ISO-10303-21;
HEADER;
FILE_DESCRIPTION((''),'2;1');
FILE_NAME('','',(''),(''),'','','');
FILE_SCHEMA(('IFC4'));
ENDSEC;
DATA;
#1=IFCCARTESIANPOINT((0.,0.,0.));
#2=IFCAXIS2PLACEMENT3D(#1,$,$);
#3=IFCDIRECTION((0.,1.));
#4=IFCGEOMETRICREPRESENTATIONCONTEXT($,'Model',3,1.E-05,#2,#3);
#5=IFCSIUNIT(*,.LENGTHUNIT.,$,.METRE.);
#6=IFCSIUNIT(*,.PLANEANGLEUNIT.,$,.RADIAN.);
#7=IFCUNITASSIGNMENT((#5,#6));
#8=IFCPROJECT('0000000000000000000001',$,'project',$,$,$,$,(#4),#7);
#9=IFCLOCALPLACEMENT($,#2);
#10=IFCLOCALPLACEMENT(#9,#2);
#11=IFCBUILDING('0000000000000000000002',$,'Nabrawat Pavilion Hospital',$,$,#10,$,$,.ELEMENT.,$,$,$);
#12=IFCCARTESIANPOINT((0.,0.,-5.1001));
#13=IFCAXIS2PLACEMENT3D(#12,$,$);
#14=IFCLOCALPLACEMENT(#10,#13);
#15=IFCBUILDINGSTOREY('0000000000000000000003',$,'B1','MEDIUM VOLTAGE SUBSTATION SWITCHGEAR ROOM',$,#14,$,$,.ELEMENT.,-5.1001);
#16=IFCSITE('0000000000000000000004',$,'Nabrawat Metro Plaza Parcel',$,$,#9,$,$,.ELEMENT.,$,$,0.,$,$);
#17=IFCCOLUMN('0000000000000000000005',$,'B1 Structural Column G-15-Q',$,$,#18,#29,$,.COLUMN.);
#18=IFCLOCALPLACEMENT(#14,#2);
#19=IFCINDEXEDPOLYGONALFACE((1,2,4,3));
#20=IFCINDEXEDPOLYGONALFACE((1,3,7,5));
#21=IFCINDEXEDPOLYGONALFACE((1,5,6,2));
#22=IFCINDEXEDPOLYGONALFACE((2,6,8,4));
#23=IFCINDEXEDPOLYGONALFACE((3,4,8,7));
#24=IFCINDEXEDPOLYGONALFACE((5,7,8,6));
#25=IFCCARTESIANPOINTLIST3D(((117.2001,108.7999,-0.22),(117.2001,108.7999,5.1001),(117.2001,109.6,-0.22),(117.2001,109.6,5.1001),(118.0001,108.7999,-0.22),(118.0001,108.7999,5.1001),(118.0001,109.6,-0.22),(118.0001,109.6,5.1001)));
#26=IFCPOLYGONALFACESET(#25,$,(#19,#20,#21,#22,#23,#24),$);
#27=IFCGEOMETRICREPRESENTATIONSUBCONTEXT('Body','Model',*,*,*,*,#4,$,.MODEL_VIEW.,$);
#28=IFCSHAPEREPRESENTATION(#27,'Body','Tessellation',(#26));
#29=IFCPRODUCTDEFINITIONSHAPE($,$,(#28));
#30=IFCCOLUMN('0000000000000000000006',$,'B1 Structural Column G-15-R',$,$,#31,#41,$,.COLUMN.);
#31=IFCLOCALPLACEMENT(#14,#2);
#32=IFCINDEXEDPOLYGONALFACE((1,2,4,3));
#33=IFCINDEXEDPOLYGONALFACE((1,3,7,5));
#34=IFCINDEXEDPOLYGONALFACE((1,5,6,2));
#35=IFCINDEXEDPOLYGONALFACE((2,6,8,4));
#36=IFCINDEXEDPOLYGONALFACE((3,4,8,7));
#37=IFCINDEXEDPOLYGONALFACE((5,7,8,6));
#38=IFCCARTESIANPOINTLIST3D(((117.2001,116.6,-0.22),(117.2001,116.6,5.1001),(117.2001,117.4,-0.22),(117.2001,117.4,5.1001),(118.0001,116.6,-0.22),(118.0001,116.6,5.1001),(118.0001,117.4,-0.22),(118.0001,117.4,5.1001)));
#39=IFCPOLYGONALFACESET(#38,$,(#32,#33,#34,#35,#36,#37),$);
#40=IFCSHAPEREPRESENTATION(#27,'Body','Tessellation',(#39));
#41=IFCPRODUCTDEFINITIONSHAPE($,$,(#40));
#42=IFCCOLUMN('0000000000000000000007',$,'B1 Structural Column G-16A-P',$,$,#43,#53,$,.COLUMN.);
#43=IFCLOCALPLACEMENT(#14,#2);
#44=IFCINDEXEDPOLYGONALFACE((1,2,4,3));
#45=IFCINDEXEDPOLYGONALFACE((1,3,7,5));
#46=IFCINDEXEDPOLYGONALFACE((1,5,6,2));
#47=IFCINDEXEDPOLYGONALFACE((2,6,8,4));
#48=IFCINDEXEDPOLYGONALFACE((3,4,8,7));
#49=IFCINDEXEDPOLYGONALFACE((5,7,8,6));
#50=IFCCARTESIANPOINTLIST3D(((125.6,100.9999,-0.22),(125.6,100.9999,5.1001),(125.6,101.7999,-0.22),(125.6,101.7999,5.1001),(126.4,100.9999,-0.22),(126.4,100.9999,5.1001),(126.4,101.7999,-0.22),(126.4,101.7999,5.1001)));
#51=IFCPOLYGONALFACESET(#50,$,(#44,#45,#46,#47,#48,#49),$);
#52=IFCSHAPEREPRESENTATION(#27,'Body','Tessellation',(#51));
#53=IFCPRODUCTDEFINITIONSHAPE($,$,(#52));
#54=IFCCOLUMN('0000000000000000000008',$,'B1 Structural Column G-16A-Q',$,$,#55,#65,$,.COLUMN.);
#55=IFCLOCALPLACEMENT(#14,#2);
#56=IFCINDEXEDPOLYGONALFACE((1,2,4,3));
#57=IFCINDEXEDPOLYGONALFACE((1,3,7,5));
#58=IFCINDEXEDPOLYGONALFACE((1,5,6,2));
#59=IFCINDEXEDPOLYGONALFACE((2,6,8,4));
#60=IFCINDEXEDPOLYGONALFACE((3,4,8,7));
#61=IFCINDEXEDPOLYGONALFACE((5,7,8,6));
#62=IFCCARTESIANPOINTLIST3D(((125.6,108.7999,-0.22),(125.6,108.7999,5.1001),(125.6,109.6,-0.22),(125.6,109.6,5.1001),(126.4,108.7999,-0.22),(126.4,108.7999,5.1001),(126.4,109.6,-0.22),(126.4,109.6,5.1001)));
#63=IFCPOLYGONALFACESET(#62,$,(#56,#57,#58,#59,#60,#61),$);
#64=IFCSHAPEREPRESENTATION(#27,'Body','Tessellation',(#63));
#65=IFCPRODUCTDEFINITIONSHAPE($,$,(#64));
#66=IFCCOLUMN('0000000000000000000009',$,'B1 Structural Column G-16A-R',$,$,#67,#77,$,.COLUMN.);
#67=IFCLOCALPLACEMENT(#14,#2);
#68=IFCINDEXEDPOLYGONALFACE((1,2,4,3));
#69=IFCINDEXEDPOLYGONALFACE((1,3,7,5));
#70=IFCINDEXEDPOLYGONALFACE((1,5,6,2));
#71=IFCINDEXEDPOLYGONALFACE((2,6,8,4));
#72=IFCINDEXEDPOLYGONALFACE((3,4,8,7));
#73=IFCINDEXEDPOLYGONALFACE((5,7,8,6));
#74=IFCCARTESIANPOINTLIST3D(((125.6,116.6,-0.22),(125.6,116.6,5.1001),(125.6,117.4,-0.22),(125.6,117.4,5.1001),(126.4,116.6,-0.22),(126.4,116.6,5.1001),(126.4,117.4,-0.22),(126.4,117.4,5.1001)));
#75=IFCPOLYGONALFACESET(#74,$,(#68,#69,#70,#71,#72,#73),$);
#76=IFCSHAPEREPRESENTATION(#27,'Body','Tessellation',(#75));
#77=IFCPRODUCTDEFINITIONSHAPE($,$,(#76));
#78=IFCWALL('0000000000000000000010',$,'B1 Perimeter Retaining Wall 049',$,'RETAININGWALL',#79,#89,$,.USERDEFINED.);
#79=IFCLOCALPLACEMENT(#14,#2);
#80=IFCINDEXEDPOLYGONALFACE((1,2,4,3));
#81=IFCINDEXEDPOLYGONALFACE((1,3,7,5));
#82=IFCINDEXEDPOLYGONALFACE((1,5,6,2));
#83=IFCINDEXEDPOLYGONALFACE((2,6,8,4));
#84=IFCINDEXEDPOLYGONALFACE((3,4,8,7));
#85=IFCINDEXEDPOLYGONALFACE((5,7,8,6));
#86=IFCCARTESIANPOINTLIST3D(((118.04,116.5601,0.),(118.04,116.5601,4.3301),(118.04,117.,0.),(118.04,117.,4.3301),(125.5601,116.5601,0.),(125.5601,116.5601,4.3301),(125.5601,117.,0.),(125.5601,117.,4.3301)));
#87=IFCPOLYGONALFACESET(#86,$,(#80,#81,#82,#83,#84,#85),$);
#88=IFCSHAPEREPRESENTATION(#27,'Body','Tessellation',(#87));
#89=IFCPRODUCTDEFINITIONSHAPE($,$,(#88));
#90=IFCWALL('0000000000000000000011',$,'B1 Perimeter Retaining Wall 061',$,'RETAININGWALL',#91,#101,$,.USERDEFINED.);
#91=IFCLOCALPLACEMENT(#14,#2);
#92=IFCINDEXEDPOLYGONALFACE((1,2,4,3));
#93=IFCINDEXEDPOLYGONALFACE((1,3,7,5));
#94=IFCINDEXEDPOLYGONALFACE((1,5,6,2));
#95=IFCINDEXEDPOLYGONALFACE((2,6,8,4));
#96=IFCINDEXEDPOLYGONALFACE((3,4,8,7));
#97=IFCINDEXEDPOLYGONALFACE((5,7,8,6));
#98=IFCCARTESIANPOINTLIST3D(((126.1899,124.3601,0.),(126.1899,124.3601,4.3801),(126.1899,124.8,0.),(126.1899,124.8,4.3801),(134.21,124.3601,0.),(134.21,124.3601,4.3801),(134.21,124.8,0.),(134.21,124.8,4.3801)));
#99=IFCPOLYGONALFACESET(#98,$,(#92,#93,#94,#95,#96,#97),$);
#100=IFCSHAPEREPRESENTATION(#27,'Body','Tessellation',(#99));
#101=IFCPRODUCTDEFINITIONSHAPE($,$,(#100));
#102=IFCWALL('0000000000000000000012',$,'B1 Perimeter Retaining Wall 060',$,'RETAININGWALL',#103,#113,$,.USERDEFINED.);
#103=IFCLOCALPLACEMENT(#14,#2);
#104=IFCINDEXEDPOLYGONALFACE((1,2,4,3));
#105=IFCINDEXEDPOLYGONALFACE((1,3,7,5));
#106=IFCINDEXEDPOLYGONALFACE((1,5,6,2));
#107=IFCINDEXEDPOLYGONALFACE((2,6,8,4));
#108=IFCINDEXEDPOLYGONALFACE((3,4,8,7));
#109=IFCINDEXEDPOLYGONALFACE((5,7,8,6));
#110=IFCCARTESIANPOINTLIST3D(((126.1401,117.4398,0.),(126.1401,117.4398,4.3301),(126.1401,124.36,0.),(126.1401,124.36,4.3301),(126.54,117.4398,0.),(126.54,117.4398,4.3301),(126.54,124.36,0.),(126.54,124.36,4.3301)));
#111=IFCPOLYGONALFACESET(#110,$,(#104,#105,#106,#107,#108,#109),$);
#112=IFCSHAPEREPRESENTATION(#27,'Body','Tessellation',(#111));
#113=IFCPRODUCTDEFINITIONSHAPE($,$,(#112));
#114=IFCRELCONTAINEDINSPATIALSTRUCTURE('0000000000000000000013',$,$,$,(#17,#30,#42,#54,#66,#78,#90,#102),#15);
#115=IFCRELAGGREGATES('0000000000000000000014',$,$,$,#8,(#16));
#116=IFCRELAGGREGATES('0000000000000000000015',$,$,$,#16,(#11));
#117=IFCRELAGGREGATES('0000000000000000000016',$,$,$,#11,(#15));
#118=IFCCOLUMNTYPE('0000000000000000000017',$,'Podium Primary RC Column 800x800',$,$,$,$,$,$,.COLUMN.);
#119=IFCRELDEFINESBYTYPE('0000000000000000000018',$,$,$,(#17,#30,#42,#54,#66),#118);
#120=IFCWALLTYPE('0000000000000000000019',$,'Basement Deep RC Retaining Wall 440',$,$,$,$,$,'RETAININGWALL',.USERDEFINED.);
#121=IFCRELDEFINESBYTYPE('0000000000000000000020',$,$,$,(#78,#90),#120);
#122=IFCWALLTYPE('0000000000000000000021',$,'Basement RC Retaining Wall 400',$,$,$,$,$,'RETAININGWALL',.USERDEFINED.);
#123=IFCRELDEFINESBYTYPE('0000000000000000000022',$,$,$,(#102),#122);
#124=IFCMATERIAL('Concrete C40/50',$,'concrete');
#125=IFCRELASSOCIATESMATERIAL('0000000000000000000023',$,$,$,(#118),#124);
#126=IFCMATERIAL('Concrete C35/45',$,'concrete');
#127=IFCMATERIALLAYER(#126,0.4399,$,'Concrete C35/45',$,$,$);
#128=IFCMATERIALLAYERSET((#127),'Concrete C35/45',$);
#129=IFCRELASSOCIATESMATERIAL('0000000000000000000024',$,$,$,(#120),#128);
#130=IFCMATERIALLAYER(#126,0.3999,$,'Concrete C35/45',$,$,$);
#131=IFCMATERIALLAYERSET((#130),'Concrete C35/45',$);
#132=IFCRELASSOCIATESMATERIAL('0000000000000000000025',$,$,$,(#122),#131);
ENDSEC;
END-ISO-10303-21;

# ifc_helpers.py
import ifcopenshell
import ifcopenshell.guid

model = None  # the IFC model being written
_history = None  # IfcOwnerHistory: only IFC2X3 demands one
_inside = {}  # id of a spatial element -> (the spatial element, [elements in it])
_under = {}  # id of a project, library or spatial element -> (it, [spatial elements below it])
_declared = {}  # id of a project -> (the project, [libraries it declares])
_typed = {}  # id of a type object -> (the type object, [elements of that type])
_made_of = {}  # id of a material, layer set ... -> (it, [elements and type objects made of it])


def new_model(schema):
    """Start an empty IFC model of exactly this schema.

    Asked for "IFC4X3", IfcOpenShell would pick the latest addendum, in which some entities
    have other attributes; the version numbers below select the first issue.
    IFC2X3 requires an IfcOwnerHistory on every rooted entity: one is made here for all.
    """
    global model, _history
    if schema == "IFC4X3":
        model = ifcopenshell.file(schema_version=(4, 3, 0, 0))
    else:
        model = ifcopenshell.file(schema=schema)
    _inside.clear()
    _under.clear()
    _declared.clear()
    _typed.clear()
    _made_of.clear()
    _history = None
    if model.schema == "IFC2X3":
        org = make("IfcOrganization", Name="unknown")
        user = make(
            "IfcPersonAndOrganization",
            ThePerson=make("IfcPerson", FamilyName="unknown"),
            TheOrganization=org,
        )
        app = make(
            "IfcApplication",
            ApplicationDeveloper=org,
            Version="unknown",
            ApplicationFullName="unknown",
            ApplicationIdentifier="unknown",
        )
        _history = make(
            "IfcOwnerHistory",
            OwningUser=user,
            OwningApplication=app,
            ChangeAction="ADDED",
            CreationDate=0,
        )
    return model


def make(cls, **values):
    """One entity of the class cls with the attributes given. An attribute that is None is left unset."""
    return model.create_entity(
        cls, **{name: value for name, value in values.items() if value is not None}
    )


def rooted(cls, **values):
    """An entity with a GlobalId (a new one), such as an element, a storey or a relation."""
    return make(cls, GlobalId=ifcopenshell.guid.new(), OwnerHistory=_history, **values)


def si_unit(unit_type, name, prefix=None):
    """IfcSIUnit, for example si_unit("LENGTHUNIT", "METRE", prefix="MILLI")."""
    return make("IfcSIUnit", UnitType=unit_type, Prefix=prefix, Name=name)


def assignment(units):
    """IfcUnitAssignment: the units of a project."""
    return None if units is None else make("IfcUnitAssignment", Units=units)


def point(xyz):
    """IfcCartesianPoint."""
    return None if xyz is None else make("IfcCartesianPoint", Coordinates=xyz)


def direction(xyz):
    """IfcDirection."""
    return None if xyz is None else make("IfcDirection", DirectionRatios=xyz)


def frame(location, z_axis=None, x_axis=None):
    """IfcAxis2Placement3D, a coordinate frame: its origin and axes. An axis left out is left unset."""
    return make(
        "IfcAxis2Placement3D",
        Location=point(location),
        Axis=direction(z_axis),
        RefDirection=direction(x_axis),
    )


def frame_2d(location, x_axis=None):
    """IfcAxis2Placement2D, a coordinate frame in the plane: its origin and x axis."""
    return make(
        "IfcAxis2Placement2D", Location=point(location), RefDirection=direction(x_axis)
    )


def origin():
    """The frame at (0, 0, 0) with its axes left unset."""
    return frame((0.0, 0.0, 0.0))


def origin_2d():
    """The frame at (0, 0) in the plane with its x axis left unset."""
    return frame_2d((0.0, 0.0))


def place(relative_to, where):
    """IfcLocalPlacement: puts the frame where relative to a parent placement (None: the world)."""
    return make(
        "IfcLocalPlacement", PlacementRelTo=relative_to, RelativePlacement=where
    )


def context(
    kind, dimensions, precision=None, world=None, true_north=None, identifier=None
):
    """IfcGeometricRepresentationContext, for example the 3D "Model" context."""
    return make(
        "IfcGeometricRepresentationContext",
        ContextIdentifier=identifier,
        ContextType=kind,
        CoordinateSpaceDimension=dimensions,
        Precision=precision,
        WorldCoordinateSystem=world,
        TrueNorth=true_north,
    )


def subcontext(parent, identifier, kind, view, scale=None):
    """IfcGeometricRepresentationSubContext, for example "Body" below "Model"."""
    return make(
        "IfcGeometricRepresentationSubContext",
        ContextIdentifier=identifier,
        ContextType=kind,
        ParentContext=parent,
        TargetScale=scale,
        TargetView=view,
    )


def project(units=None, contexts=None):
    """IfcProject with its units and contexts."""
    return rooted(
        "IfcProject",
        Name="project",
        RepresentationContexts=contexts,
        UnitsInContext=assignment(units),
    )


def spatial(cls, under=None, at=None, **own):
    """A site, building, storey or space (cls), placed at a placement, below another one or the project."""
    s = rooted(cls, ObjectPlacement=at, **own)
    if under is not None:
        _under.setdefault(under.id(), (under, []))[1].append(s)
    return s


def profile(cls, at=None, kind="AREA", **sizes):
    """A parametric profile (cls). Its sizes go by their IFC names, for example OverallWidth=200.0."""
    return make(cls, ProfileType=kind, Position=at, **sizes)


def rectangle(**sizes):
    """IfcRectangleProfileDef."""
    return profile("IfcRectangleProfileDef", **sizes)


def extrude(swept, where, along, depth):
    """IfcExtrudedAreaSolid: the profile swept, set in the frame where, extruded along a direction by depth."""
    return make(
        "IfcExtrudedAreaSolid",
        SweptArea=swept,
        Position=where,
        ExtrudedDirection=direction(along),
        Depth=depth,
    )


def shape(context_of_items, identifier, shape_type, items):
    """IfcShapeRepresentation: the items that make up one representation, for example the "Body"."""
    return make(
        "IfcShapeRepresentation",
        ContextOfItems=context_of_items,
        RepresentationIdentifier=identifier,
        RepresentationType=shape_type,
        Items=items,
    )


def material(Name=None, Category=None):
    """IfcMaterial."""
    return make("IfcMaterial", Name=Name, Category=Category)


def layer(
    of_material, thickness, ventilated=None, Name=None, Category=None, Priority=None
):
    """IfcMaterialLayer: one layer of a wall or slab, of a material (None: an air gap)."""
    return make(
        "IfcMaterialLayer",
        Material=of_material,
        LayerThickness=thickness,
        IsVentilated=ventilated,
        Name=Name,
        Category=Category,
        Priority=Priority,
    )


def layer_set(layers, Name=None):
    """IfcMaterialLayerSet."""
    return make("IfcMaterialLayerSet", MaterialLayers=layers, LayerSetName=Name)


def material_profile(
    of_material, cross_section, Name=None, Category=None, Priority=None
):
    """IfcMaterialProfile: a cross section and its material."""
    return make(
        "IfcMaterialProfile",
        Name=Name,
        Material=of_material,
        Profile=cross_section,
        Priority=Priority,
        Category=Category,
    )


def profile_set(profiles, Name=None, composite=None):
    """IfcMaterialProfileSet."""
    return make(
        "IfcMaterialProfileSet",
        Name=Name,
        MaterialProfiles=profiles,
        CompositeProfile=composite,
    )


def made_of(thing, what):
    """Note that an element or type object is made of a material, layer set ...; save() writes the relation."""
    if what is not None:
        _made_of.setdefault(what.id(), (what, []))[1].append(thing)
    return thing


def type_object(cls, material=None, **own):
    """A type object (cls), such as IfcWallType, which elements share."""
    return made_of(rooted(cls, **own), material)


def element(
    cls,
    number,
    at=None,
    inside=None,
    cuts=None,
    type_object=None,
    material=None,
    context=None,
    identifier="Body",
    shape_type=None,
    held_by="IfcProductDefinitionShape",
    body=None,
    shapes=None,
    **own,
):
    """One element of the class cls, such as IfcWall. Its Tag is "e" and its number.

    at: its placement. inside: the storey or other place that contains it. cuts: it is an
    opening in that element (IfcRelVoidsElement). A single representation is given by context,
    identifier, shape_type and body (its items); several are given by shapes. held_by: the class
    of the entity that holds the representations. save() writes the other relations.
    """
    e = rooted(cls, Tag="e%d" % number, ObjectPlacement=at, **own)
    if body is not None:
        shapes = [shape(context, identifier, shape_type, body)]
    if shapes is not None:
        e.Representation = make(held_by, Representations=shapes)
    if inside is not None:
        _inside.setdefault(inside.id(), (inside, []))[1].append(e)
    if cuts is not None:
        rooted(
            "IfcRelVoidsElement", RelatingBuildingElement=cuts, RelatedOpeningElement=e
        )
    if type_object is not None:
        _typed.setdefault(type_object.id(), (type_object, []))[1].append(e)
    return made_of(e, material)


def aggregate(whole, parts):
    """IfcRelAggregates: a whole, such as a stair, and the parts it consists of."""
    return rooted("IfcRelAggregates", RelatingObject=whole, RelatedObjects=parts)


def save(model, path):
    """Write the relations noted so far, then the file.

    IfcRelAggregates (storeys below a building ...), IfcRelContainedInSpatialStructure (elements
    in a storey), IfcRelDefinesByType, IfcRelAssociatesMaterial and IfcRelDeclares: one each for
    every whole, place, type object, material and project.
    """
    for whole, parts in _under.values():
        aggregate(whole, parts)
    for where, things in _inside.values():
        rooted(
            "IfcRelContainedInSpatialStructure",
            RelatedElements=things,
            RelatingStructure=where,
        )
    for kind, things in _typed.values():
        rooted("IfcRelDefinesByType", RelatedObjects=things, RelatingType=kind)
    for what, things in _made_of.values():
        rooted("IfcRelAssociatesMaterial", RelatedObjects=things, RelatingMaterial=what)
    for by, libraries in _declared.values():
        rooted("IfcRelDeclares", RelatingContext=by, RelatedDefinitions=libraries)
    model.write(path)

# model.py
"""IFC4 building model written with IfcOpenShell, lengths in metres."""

from ifc_helpers import new_model, si_unit, direction, frame, frame_2d, origin, origin_2d, place, context, subcontext, project, spatial, rectangle, extrude, material, layer, layer_set, material_profile, profile_set, type_object, element, save


model = new_model("IFC4")

# Units and contexts
model_context = context("Model", 3, precision=1e-05, world=origin(), true_north=direction((0.0, 1.0)))
body_context = subcontext(model_context, "Body", "Model", "MODEL_VIEW")
ifc_project = project(units=[si_unit("LENGTHUNIT", "METRE"), si_unit("PLANEANGLEUNIT", "RADIAN")], contexts=[model_context])

# Site, building, storey
site_placement = place(None, origin())
site = spatial("IfcSite", under=ifc_project, at=site_placement, Name="Nabrawat Metro Plaza Parcel", CompositionType="ELEMENT", RefElevation=0.0)
building_placement = place(site_placement, origin())
building = spatial("IfcBuilding", under=site, at=building_placement, Name="Nabrawat Pavilion Hospital", CompositionType="ELEMENT")
storey_placement = place(building_placement, frame((0.0, 0.0, -5.1001)))
storey = spatial("IfcBuildingStorey", under=building, at=storey_placement, Name="B1", Description="MEDIUM VOLTAGE SUBSTATION SWITCHGEAR ROOM", CompositionType="ELEMENT", Elevation=-5.1001)

# Shared definitions
ifc_material_1 = material(Name="Concrete C35/45", Category="concrete")

# Columns
ifc_material_2 = material(Name="Concrete C40/50", Category="concrete")
ifc_material_profile_1 = material_profile(ifc_material_2, rectangle(XDim=0.8, YDim=0.8, at=origin_2d()), Name="RC 800x800")
ifc_profile_set_1 = profile_set([ifc_material_profile_1], Name="Concrete C40/50")
column_type_1 = type_object("IfcColumnType", Name="Podium Primary RC Column 800x800", PredefinedType="COLUMN", material=ifc_profile_set_1)
for number, where, z_axis, x_axis, name in (
    (1, (117.6001, 109.2, -0.22), (0.0, 0.0, 1.0), (1.0, 0.0, 0.0), "B1 Structural Column G-15-Q"),
    (2, (117.6001, 117.0, -0.22), (0.0, 0.0, 1.0), (1.0, 0.0, 0.0), "B1 Structural Column G-15-R"),
    (3, (126.0, 101.3999, -0.22), (0.0, 0.0, 1.0), (1.0, 0.0, 0.0), "B1 Structural Column G-16A-P"),
    (4, (126.0, 109.2, -0.22), (0.0, 0.0, 1.0), (1.0, 0.0, 0.0), "B1 Structural Column G-16A-Q"),
    (5, (126.0, 117.0, -0.22), (0.0, 0.0, 1.0), (1.0, 0.0, 0.0), "B1 Structural Column G-16A-R"),
):
    element("IfcColumn", number, at=place(storey_placement, frame(where, z_axis=z_axis, x_axis=x_axis)), inside=storey, type_object=column_type_1, Name=name, PredefinedType="COLUMN", context=body_context, shape_type="SweptSolid", body=[
        extrude(rectangle(XDim=0.8, YDim=0.8, at=origin_2d()), origin(), (0.0, 0.0, 1.0), 5.3201),
    ])

# Walls
ifc_layer_1 = layer(ifc_material_1, 0.4399, Name="Concrete C35/45")
ifc_layer_set_1 = layer_set([ifc_layer_1], Name="Concrete C35/45")
wall_type_1 = type_object("IfcWallType", Name="Basement Deep RC Retaining Wall 440", ElementType="RETAININGWALL", PredefinedType="USERDEFINED", material=ifc_layer_set_1)
wall_1_placement = place(storey_placement, frame((118.04, 116.78, 0.0), z_axis=(0.0, 0.0, 1.0), x_axis=(1.0, 0.0, 0.0)))
element("IfcWall", 6, at=wall_1_placement, inside=storey, type_object=wall_type_1, Name="B1 Perimeter Retaining Wall 049", ObjectType="RETAININGWALL", PredefinedType="USERDEFINED", context=body_context, shape_type="SweptSolid", body=[
    extrude(rectangle(XDim=7.52, YDim=0.4399, at=frame_2d((3.76, 0.0))), origin(), (0.0, 0.0, 1.0), 4.3301),
])
wall_2_placement = place(storey_placement, frame((126.1899, 124.5801, 0.0), z_axis=(0.0, 0.0, 1.0), x_axis=(1.0, 0.0, 0.0)))
element("IfcWall", 7, at=wall_2_placement, inside=storey, type_object=wall_type_1, Name="B1 Perimeter Retaining Wall 061", ObjectType="RETAININGWALL", PredefinedType="USERDEFINED", context=body_context, shape_type="SweptSolid", body=[
    extrude(rectangle(XDim=8.02, YDim=0.4399, at=frame_2d((4.01, 0.0))), origin(), (0.0, 0.0, 1.0), 4.3801),
])
ifc_layer_2 = layer(ifc_material_1, 0.3999, Name="Concrete C35/45")
ifc_layer_set_2 = layer_set([ifc_layer_2], Name="Concrete C35/45")
wall_type_2 = type_object("IfcWallType", Name="Basement RC Retaining Wall 400", ElementType="RETAININGWALL", PredefinedType="USERDEFINED", material=ifc_layer_set_2)
wall_3_placement = place(storey_placement, frame((126.3401, 117.4399, 0.0), z_axis=(0.0, 0.0, 1.0), x_axis=(0.0, 1.0, 0.0)))
element("IfcWall", 8, at=wall_3_placement, inside=storey, type_object=wall_type_2, Name="B1 Perimeter Retaining Wall 060", ObjectType="RETAININGWALL", PredefinedType="USERDEFINED", context=body_context, shape_type="SweptSolid", body=[
    extrude(rectangle(XDim=6.9202, YDim=0.3999, at=frame_2d((3.46, 0.0))), origin(), (0.0, 0.0, 1.0), 4.3301),
])

save(model, "model.ifc")
